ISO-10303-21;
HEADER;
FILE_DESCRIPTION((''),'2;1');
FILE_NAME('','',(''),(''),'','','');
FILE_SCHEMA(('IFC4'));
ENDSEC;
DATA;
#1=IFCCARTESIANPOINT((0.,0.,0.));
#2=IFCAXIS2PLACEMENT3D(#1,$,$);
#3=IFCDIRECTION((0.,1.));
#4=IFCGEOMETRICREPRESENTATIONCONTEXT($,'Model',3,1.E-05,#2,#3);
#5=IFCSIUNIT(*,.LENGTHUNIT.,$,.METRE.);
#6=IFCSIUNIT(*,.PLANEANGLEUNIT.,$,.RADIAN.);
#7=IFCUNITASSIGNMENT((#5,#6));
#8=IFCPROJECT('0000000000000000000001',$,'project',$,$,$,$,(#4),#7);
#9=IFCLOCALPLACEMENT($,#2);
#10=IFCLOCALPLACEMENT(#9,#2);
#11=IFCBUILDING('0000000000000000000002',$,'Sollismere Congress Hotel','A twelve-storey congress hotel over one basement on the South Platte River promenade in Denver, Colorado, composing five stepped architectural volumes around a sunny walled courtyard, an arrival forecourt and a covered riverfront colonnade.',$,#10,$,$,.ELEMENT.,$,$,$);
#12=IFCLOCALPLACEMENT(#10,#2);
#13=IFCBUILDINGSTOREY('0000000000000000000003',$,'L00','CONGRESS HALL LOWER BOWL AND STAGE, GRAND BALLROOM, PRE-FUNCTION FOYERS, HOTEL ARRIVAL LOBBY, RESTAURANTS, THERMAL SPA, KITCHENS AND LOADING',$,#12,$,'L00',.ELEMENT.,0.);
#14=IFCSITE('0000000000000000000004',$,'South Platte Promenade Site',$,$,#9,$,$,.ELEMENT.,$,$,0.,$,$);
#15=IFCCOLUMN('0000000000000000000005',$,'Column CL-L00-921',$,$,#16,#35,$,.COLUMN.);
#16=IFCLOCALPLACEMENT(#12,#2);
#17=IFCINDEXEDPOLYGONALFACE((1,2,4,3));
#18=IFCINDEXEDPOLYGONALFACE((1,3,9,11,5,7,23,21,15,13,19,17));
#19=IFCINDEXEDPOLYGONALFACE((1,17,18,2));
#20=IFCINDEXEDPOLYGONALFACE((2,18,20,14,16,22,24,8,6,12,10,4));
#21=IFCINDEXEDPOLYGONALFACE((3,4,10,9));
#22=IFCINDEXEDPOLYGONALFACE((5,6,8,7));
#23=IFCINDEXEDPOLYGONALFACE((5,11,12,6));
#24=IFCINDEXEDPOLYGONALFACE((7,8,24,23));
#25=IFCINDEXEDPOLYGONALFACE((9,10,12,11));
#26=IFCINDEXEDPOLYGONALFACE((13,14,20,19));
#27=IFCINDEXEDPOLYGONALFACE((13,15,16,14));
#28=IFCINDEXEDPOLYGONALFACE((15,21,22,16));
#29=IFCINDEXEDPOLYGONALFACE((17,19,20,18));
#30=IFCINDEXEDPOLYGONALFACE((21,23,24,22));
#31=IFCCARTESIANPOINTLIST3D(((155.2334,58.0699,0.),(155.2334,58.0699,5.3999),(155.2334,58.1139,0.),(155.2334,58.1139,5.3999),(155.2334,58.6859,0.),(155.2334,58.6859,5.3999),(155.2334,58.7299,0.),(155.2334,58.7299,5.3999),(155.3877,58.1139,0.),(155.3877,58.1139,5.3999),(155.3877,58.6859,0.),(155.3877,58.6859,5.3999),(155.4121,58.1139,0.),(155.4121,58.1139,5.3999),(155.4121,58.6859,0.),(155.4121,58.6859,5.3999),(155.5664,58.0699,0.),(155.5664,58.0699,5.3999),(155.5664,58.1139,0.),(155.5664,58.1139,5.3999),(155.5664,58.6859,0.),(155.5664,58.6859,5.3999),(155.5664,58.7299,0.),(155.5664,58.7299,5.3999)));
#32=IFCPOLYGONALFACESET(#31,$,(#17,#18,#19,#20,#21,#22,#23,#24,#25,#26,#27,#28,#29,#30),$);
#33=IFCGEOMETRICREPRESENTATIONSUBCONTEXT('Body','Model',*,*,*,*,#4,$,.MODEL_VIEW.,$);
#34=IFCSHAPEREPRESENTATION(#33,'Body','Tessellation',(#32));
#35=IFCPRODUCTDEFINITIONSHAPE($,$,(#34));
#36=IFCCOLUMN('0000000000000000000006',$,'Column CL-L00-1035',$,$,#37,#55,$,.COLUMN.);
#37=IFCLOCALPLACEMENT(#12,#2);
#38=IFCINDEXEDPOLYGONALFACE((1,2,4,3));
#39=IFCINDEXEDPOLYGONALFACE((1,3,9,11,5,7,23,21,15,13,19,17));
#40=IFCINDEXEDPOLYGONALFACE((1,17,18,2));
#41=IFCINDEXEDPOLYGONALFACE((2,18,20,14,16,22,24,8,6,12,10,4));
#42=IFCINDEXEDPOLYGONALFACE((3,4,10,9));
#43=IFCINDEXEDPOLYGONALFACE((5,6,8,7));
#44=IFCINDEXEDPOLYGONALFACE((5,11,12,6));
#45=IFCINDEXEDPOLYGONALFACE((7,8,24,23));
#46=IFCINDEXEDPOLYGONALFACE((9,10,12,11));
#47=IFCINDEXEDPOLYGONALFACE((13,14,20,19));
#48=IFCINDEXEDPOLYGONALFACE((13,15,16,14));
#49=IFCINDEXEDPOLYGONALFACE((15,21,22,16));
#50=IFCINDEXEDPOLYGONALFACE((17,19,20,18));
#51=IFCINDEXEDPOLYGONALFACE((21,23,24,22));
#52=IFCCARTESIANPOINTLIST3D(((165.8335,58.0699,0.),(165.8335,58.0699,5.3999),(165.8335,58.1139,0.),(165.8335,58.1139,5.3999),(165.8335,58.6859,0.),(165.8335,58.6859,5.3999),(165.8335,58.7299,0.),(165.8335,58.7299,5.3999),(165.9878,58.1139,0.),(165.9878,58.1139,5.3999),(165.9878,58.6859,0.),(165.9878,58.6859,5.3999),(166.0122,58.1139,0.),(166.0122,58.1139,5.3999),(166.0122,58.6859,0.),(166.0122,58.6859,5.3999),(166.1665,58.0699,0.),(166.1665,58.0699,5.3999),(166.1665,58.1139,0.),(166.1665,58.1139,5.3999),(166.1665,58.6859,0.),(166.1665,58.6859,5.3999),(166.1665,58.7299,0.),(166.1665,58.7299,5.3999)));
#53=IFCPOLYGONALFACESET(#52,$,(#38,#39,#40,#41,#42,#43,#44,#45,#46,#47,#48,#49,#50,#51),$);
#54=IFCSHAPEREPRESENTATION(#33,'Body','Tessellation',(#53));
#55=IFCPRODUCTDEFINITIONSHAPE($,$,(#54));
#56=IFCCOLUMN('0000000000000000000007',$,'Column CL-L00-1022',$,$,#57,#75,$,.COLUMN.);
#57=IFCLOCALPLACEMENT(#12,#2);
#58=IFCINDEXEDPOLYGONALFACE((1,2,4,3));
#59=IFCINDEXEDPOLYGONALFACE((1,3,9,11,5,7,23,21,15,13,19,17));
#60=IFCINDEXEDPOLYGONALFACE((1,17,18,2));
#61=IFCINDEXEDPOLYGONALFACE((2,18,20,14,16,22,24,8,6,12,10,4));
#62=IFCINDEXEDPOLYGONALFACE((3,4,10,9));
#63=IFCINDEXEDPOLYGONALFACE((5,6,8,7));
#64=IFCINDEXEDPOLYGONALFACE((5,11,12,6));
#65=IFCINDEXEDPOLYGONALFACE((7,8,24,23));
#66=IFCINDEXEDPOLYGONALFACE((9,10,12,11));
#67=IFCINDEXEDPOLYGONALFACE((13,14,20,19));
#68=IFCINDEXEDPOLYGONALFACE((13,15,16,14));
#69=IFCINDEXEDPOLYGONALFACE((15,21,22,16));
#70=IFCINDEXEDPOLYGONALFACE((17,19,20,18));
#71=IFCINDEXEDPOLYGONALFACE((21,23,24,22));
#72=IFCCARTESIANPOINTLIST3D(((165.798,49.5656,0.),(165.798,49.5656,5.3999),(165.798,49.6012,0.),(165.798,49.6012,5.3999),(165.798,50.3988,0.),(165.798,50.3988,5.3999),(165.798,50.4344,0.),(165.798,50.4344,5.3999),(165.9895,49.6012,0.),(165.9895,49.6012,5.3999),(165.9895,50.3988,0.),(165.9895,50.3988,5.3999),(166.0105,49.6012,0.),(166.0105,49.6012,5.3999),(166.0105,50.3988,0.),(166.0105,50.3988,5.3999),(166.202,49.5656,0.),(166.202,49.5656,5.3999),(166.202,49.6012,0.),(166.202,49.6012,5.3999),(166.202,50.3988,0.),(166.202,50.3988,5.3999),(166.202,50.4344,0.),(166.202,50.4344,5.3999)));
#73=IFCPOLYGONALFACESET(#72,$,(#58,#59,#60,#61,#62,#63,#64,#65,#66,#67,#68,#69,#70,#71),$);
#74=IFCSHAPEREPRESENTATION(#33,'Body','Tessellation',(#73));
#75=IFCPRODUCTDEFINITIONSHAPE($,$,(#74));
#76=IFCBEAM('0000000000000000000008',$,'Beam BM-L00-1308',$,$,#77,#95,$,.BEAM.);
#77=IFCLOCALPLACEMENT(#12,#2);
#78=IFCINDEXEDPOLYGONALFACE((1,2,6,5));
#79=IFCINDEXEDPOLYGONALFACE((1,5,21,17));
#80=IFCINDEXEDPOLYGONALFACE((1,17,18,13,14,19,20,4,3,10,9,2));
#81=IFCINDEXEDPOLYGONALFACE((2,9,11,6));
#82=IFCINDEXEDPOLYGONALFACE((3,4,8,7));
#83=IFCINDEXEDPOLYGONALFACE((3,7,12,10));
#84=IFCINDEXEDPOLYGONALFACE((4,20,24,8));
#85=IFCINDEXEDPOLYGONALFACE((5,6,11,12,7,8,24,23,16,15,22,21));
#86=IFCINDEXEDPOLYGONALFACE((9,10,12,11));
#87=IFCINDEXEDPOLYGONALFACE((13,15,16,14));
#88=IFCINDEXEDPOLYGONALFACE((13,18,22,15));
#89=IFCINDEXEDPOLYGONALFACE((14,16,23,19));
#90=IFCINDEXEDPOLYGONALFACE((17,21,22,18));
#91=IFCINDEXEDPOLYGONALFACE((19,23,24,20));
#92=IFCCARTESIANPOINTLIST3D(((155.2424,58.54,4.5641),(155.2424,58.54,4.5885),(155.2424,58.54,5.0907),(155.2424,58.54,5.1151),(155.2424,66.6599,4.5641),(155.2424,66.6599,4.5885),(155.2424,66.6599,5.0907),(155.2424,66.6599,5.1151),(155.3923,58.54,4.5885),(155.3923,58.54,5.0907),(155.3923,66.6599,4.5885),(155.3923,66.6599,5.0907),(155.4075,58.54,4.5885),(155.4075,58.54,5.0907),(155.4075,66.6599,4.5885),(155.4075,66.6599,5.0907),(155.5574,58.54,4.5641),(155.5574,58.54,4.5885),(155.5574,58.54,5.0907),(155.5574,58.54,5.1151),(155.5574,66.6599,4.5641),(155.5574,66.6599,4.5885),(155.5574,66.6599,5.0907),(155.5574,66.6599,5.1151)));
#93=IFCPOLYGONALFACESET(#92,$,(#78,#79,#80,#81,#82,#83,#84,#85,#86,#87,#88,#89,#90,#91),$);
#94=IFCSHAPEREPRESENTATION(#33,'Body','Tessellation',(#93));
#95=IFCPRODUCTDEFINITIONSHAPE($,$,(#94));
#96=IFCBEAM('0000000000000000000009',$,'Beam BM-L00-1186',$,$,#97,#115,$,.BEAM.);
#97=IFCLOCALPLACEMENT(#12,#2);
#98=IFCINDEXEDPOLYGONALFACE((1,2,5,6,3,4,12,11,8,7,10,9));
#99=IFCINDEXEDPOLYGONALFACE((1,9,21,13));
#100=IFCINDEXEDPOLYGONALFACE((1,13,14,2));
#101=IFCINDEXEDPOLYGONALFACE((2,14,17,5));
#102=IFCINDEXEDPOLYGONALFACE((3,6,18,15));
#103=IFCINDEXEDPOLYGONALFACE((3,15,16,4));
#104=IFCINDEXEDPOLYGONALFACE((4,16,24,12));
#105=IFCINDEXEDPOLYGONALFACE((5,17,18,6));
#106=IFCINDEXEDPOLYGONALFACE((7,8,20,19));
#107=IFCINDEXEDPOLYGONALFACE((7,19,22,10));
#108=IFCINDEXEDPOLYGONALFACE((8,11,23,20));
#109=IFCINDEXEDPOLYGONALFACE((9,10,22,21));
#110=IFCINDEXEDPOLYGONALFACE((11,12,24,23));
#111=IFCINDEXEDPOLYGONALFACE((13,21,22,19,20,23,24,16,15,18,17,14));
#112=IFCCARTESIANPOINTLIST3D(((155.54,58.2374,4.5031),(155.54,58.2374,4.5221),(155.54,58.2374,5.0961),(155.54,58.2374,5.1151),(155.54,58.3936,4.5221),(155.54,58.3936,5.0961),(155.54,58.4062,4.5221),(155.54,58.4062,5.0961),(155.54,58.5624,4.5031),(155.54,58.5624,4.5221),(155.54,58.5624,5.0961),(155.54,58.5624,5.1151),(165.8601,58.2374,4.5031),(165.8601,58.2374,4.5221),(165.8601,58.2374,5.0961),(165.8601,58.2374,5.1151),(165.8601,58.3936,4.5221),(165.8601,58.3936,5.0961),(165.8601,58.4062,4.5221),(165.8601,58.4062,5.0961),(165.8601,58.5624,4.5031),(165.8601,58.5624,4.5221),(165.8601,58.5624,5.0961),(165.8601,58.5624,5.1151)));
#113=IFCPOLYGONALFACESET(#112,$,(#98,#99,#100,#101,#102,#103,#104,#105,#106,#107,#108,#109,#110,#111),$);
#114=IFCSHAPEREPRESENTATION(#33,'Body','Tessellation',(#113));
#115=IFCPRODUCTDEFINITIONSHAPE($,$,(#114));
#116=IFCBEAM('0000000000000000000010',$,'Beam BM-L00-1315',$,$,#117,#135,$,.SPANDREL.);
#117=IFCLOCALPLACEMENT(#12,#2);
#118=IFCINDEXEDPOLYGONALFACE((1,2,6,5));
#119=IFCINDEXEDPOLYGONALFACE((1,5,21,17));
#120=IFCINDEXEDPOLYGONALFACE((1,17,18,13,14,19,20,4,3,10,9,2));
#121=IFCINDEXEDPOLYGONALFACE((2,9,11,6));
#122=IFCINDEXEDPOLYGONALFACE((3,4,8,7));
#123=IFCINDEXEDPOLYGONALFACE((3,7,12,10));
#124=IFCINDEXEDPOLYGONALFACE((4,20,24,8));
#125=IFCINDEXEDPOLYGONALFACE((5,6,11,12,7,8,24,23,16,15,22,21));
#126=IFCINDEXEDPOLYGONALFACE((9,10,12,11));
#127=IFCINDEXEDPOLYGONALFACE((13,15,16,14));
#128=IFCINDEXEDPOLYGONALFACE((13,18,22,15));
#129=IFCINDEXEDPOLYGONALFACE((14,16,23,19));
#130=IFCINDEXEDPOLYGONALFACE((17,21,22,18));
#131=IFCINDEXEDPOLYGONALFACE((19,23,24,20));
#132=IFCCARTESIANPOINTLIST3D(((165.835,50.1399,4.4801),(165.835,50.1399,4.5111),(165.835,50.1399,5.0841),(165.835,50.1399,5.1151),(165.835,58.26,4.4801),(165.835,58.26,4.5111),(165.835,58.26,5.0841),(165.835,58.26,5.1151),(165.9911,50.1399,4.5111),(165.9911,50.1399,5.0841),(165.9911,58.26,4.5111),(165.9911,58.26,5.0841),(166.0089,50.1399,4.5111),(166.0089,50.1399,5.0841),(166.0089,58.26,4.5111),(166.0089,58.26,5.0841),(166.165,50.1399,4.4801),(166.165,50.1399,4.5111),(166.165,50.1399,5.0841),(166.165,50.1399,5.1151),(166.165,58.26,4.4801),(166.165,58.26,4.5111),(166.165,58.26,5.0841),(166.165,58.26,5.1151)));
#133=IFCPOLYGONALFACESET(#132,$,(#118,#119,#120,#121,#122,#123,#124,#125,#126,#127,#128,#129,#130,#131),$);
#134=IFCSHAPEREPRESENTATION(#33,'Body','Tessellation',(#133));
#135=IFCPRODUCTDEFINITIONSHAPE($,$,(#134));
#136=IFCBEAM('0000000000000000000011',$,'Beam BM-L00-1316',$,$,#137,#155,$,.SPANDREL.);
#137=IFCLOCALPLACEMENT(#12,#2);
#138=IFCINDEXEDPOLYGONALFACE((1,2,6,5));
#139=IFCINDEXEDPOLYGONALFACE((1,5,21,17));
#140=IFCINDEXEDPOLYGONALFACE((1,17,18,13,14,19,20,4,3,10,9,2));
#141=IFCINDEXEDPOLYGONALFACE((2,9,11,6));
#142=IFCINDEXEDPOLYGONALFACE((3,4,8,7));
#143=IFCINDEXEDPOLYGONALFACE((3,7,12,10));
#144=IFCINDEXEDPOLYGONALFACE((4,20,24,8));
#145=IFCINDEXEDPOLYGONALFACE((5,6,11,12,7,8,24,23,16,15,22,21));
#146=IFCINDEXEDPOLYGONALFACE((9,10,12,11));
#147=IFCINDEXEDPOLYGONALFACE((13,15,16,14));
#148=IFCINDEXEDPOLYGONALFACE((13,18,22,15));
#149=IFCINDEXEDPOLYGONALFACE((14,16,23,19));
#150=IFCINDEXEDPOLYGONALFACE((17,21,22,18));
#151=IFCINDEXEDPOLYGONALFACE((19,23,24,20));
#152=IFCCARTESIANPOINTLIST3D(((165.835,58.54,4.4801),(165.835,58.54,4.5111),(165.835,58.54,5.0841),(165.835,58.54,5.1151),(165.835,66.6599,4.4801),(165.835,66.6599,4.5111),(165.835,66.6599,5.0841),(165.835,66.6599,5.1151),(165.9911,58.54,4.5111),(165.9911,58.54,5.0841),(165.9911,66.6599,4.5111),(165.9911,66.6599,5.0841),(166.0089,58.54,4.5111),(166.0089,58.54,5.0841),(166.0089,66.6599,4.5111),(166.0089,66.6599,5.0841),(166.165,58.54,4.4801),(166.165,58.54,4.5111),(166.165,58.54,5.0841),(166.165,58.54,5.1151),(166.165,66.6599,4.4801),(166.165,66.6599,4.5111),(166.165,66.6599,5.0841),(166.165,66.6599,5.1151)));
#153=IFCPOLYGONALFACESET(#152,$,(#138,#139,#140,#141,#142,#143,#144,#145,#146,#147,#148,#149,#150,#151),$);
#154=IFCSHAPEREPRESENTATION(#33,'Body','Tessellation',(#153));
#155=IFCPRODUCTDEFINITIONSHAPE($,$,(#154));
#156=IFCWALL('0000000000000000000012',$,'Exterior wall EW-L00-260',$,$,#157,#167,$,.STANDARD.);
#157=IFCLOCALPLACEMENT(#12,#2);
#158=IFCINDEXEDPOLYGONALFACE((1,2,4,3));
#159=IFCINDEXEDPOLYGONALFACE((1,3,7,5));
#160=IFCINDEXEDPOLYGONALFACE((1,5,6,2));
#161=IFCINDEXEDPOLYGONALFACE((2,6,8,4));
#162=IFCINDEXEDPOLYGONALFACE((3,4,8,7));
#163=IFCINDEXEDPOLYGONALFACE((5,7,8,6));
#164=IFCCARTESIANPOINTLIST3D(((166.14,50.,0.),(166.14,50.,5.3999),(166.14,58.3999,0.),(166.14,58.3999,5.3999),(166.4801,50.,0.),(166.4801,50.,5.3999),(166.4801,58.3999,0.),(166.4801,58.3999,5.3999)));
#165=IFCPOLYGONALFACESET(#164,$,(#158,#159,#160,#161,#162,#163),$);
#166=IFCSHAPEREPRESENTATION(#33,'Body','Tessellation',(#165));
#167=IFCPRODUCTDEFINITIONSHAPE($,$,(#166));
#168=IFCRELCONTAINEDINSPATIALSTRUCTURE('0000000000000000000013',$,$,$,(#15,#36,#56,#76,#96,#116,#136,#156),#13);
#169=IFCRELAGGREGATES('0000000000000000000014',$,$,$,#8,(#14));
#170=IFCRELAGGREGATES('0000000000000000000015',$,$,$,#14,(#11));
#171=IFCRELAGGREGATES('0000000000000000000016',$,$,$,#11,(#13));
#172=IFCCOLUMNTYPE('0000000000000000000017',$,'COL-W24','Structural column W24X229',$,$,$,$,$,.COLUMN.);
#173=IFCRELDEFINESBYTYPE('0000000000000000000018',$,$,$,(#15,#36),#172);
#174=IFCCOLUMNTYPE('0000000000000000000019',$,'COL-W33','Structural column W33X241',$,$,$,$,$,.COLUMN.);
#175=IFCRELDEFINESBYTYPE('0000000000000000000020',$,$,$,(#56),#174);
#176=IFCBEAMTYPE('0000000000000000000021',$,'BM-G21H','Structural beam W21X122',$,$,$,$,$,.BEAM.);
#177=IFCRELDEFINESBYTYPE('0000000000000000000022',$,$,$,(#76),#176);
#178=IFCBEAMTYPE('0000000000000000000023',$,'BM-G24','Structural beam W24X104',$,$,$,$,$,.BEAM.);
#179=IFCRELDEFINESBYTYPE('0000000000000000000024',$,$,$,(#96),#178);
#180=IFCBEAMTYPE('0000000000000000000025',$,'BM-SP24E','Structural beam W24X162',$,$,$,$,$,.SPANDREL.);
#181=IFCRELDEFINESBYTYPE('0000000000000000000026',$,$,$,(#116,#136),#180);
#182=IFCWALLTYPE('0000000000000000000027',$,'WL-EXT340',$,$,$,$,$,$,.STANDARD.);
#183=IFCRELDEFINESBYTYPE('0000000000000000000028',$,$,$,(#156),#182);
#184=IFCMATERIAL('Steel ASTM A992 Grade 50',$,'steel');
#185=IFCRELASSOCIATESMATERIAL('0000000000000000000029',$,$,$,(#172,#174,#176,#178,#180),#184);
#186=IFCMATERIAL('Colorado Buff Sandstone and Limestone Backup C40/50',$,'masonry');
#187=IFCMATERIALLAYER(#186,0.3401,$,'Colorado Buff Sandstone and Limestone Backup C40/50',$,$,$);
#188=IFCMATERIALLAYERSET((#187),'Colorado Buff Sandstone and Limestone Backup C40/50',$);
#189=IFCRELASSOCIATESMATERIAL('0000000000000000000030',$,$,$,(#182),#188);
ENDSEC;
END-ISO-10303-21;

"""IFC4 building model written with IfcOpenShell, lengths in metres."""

from ifc_helpers import new_model, si_unit, direction, frame, frame_2d, origin, origin_2d, place, context, subcontext, project, spatial, rectangle, i_section, extrude, material, layer, layer_set, material_profile, profile_set, type_object, element, save


model = new_model("IFC4")

# Units and contexts
model_context = context("Model", 3, precision=1e-05, world=origin(), true_north=direction((0.0, 1.0)))
body_context = subcontext(model_context, "Body", "Model", "MODEL_VIEW")
ifc_project = project(units=[si_unit("LENGTHUNIT", "METRE"), si_unit("PLANEANGLEUNIT", "RADIAN")], contexts=[model_context])

# Site, building, storey
site_placement = place(None, origin())
site = spatial("IfcSite", under=ifc_project, at=site_placement, Name="South Platte Promenade Site", CompositionType="ELEMENT", RefElevation=0.0)
building_placement = place(site_placement, origin())
building = spatial("IfcBuilding", under=site, at=building_placement, Name="Sollismere Congress Hotel", Description="A twelve-storey congress hotel over one basement on the South Platte River promenade in Denver, Colorado, composing five stepped architectural volumes around a sunny walled courtyard, an arrival forecourt and a covered riverfront colonnade.", CompositionType="ELEMENT")
storey_placement = place(building_placement, origin())
storey = spatial("IfcBuildingStorey", under=building, at=storey_placement, Name="L00", Description="CONGRESS HALL LOWER BOWL AND STAGE, GRAND BALLROOM, PRE-FUNCTION FOYERS, HOTEL ARRIVAL LOBBY, RESTAURANTS, THERMAL SPA, KITCHENS AND LOADING", LongName="L00", CompositionType="ELEMENT", Elevation=0.0)

# Columns
ifc_material_1 = material(Name="Steel ASTM A992 Grade 50", Category="steel")
ifc_material_profile_1 = material_profile(ifc_material_1, i_section(OverallWidth=0.333, OverallDepth=0.6599, WebThickness=0.0244, FlangeThickness=0.0439, at=origin_2d()), Name="W24X229")
ifc_profile_set_1 = profile_set([ifc_material_profile_1], Name="Steel ASTM A992 Grade 50")
column_type_1 = type_object("IfcColumnType", Name="COL-W24", Description="Structural column W24X229", PredefinedType="COLUMN", material=ifc_profile_set_1)
for number, where, z_axis, x_axis, name in (
    (1, (155.3999, 58.3999, 0.0), (0.0, 0.0, 1.0), (1.0, 0.0, 0.0), "Column CL-L00-921"),
    (2, (166.0, 58.3999, 0.0), (0.0, 0.0, 1.0), (1.0, 0.0, 0.0), "Column CL-L00-1035"),
):
    element("IfcColumn", number, at=place(storey_placement, frame(where, z_axis=z_axis, x_axis=x_axis)), inside=storey, type_object=column_type_1, Name=name, PredefinedType="COLUMN", context=body_context, shape_type="SweptSolid", body=[
        extrude(i_section(OverallWidth=0.333, OverallDepth=0.6599, WebThickness=0.0244, FlangeThickness=0.0439, at=origin_2d()), origin(), (0.0, 0.0, 1.0), 5.3999),
    ])
ifc_material_profile_2 = material_profile(ifc_material_1, i_section(OverallWidth=0.4041, OverallDepth=0.8689, WebThickness=0.021, FlangeThickness=0.0356, at=origin_2d()), Name="W33X241")
ifc_profile_set_2 = profile_set([ifc_material_profile_2], Name="Steel ASTM A992 Grade 50")
column_type_2 = type_object("IfcColumnType", Name="COL-W33", Description="Structural column W33X241", PredefinedType="COLUMN", material=ifc_profile_set_2)
column_placement = place(storey_placement, frame((166.0, 50.0, 0.0), z_axis=(0.0, 0.0, 1.0), x_axis=(1.0, 0.0, 0.0)))
element("IfcColumn", 3, at=column_placement, inside=storey, type_object=column_type_2, Name="Column CL-L00-1022", PredefinedType="COLUMN", context=body_context, shape_type="SweptSolid", body=[
    extrude(i_section(OverallWidth=0.4041, OverallDepth=0.8689, WebThickness=0.021, FlangeThickness=0.0356, at=origin_2d()), origin(), (0.0, 0.0, 1.0), 5.3999),
])

# Beams
ifc_material_profile_3 = material_profile(ifc_material_1, i_section(OverallWidth=0.3149, OverallDepth=0.551, WebThickness=0.0151, FlangeThickness=0.0244, at=origin_2d()), Name="W21X122")
ifc_profile_set_3 = profile_set([ifc_material_profile_3], Name="Steel ASTM A992 Grade 50")
beam_type_1 = type_object("IfcBeamType", Name="BM-G21H", Description="Structural beam W21X122", PredefinedType="BEAM", material=ifc_profile_set_3)
beam_1_placement = place(storey_placement, frame((155.3999, 58.54, 4.8396), z_axis=(0.0, 1.0, 0.0), x_axis=(-1.0, 0.0, 0.0)))
element("IfcBeam", 4, at=beam_1_placement, inside=storey, type_object=beam_type_1, Name="Beam BM-L00-1308", PredefinedType="BEAM", context=body_context, shape_type="SweptSolid", body=[
    extrude(i_section(OverallWidth=0.3149, OverallDepth=0.551, WebThickness=0.0151, FlangeThickness=0.0244, at=origin_2d()), origin(), (0.0, 0.0, 1.0), 8.1199),
])
ifc_material_profile_4 = material_profile(ifc_material_1, i_section(OverallWidth=0.325, OverallDepth=0.6121, WebThickness=0.0127, FlangeThickness=0.019, at=origin_2d()), Name="W24X104")
ifc_profile_set_4 = profile_set([ifc_material_profile_4], Name="Steel ASTM A992 Grade 50")
beam_type_2 = type_object("IfcBeamType", Name="BM-G24", Description="Structural beam W24X104", PredefinedType="BEAM", material=ifc_profile_set_4)
beam_2_placement = place(storey_placement, frame((155.54, 58.3999, 4.8091), z_axis=(1.0, 0.0, 0.0), x_axis=(0.0, 1.0, 0.0)))
element("IfcBeam", 5, at=beam_2_placement, inside=storey, type_object=beam_type_2, Name="Beam BM-L00-1186", PredefinedType="BEAM", context=body_context, shape_type="SweptSolid", body=[
    extrude(i_section(OverallWidth=0.325, OverallDepth=0.6121, WebThickness=0.0127, FlangeThickness=0.019, at=origin_2d()), origin(), (0.0, 0.0, 1.0), 10.3201),
])
ifc_material_profile_5 = material_profile(ifc_material_1, i_section(OverallWidth=0.3301, OverallDepth=0.635, WebThickness=0.0178, FlangeThickness=0.031, at=origin_2d()), Name="W24X162")
ifc_profile_set_5 = profile_set([ifc_material_profile_5], Name="Steel ASTM A992 Grade 50")
beam_type_3 = type_object("IfcBeamType", Name="BM-SP24E", Description="Structural beam W24X162", PredefinedType="SPANDREL", material=ifc_profile_set_5)
beam_3_placement = place(storey_placement, frame((166.0, 50.1399, 4.7976), z_axis=(0.0, 1.0, 0.0), x_axis=(-1.0, 0.0, 0.0)))
element("IfcBeam", 6, at=beam_3_placement, inside=storey, type_object=beam_type_3, Name="Beam BM-L00-1315", PredefinedType="SPANDREL", context=body_context, shape_type="SweptSolid", body=[
    extrude(i_section(OverallWidth=0.3301, OverallDepth=0.635, WebThickness=0.0178, FlangeThickness=0.031, at=origin_2d()), origin(), (0.0, 0.0, 1.0), 8.1201),
])
beam_4_placement = place(storey_placement, frame((166.0, 58.54, 4.7976), z_axis=(0.0, 1.0, 0.0), x_axis=(-1.0, 0.0, 0.0)))
element("IfcBeam", 7, at=beam_4_placement, inside=storey, type_object=beam_type_3, Name="Beam BM-L00-1316", PredefinedType="SPANDREL", context=body_context, shape_type="SweptSolid", body=[
    extrude(i_section(OverallWidth=0.3301, OverallDepth=0.635, WebThickness=0.0178, FlangeThickness=0.031, at=origin_2d()), origin(), (0.0, 0.0, 1.0), 8.1199),
])

# Wall
ifc_material_2 = material(Name="Colorado Buff Sandstone and Limestone Backup C40/50", Category="masonry")
ifc_layer_1 = layer(ifc_material_2, 0.3401, Name="Colorado Buff Sandstone and Limestone Backup C40/50")
ifc_layer_set_1 = layer_set([ifc_layer_1], Name="Colorado Buff Sandstone and Limestone Backup C40/50")
wall_type_1 = type_object("IfcWallType", Name="WL-EXT340", PredefinedType="STANDARD", material=ifc_layer_set_1)
wall_1_placement = place(storey_placement, frame((166.3101, 50.0, 0.0), z_axis=(0.0, 0.0, 1.0), x_axis=(0.0, 1.0, 0.0)))
element("IfcWall", 8, at=wall_1_placement, inside=storey, type_object=wall_type_1, Name="Exterior wall EW-L00-260", PredefinedType="STANDARD", context=body_context, shape_type="SweptSolid", body=[
    extrude(rectangle(XDim=8.3999, YDim=0.3401, at=frame_2d((4.2, 0.0))), origin(), (0.0, 0.0, 1.0), 5.3999),
])

save(model, "model.ifc")
